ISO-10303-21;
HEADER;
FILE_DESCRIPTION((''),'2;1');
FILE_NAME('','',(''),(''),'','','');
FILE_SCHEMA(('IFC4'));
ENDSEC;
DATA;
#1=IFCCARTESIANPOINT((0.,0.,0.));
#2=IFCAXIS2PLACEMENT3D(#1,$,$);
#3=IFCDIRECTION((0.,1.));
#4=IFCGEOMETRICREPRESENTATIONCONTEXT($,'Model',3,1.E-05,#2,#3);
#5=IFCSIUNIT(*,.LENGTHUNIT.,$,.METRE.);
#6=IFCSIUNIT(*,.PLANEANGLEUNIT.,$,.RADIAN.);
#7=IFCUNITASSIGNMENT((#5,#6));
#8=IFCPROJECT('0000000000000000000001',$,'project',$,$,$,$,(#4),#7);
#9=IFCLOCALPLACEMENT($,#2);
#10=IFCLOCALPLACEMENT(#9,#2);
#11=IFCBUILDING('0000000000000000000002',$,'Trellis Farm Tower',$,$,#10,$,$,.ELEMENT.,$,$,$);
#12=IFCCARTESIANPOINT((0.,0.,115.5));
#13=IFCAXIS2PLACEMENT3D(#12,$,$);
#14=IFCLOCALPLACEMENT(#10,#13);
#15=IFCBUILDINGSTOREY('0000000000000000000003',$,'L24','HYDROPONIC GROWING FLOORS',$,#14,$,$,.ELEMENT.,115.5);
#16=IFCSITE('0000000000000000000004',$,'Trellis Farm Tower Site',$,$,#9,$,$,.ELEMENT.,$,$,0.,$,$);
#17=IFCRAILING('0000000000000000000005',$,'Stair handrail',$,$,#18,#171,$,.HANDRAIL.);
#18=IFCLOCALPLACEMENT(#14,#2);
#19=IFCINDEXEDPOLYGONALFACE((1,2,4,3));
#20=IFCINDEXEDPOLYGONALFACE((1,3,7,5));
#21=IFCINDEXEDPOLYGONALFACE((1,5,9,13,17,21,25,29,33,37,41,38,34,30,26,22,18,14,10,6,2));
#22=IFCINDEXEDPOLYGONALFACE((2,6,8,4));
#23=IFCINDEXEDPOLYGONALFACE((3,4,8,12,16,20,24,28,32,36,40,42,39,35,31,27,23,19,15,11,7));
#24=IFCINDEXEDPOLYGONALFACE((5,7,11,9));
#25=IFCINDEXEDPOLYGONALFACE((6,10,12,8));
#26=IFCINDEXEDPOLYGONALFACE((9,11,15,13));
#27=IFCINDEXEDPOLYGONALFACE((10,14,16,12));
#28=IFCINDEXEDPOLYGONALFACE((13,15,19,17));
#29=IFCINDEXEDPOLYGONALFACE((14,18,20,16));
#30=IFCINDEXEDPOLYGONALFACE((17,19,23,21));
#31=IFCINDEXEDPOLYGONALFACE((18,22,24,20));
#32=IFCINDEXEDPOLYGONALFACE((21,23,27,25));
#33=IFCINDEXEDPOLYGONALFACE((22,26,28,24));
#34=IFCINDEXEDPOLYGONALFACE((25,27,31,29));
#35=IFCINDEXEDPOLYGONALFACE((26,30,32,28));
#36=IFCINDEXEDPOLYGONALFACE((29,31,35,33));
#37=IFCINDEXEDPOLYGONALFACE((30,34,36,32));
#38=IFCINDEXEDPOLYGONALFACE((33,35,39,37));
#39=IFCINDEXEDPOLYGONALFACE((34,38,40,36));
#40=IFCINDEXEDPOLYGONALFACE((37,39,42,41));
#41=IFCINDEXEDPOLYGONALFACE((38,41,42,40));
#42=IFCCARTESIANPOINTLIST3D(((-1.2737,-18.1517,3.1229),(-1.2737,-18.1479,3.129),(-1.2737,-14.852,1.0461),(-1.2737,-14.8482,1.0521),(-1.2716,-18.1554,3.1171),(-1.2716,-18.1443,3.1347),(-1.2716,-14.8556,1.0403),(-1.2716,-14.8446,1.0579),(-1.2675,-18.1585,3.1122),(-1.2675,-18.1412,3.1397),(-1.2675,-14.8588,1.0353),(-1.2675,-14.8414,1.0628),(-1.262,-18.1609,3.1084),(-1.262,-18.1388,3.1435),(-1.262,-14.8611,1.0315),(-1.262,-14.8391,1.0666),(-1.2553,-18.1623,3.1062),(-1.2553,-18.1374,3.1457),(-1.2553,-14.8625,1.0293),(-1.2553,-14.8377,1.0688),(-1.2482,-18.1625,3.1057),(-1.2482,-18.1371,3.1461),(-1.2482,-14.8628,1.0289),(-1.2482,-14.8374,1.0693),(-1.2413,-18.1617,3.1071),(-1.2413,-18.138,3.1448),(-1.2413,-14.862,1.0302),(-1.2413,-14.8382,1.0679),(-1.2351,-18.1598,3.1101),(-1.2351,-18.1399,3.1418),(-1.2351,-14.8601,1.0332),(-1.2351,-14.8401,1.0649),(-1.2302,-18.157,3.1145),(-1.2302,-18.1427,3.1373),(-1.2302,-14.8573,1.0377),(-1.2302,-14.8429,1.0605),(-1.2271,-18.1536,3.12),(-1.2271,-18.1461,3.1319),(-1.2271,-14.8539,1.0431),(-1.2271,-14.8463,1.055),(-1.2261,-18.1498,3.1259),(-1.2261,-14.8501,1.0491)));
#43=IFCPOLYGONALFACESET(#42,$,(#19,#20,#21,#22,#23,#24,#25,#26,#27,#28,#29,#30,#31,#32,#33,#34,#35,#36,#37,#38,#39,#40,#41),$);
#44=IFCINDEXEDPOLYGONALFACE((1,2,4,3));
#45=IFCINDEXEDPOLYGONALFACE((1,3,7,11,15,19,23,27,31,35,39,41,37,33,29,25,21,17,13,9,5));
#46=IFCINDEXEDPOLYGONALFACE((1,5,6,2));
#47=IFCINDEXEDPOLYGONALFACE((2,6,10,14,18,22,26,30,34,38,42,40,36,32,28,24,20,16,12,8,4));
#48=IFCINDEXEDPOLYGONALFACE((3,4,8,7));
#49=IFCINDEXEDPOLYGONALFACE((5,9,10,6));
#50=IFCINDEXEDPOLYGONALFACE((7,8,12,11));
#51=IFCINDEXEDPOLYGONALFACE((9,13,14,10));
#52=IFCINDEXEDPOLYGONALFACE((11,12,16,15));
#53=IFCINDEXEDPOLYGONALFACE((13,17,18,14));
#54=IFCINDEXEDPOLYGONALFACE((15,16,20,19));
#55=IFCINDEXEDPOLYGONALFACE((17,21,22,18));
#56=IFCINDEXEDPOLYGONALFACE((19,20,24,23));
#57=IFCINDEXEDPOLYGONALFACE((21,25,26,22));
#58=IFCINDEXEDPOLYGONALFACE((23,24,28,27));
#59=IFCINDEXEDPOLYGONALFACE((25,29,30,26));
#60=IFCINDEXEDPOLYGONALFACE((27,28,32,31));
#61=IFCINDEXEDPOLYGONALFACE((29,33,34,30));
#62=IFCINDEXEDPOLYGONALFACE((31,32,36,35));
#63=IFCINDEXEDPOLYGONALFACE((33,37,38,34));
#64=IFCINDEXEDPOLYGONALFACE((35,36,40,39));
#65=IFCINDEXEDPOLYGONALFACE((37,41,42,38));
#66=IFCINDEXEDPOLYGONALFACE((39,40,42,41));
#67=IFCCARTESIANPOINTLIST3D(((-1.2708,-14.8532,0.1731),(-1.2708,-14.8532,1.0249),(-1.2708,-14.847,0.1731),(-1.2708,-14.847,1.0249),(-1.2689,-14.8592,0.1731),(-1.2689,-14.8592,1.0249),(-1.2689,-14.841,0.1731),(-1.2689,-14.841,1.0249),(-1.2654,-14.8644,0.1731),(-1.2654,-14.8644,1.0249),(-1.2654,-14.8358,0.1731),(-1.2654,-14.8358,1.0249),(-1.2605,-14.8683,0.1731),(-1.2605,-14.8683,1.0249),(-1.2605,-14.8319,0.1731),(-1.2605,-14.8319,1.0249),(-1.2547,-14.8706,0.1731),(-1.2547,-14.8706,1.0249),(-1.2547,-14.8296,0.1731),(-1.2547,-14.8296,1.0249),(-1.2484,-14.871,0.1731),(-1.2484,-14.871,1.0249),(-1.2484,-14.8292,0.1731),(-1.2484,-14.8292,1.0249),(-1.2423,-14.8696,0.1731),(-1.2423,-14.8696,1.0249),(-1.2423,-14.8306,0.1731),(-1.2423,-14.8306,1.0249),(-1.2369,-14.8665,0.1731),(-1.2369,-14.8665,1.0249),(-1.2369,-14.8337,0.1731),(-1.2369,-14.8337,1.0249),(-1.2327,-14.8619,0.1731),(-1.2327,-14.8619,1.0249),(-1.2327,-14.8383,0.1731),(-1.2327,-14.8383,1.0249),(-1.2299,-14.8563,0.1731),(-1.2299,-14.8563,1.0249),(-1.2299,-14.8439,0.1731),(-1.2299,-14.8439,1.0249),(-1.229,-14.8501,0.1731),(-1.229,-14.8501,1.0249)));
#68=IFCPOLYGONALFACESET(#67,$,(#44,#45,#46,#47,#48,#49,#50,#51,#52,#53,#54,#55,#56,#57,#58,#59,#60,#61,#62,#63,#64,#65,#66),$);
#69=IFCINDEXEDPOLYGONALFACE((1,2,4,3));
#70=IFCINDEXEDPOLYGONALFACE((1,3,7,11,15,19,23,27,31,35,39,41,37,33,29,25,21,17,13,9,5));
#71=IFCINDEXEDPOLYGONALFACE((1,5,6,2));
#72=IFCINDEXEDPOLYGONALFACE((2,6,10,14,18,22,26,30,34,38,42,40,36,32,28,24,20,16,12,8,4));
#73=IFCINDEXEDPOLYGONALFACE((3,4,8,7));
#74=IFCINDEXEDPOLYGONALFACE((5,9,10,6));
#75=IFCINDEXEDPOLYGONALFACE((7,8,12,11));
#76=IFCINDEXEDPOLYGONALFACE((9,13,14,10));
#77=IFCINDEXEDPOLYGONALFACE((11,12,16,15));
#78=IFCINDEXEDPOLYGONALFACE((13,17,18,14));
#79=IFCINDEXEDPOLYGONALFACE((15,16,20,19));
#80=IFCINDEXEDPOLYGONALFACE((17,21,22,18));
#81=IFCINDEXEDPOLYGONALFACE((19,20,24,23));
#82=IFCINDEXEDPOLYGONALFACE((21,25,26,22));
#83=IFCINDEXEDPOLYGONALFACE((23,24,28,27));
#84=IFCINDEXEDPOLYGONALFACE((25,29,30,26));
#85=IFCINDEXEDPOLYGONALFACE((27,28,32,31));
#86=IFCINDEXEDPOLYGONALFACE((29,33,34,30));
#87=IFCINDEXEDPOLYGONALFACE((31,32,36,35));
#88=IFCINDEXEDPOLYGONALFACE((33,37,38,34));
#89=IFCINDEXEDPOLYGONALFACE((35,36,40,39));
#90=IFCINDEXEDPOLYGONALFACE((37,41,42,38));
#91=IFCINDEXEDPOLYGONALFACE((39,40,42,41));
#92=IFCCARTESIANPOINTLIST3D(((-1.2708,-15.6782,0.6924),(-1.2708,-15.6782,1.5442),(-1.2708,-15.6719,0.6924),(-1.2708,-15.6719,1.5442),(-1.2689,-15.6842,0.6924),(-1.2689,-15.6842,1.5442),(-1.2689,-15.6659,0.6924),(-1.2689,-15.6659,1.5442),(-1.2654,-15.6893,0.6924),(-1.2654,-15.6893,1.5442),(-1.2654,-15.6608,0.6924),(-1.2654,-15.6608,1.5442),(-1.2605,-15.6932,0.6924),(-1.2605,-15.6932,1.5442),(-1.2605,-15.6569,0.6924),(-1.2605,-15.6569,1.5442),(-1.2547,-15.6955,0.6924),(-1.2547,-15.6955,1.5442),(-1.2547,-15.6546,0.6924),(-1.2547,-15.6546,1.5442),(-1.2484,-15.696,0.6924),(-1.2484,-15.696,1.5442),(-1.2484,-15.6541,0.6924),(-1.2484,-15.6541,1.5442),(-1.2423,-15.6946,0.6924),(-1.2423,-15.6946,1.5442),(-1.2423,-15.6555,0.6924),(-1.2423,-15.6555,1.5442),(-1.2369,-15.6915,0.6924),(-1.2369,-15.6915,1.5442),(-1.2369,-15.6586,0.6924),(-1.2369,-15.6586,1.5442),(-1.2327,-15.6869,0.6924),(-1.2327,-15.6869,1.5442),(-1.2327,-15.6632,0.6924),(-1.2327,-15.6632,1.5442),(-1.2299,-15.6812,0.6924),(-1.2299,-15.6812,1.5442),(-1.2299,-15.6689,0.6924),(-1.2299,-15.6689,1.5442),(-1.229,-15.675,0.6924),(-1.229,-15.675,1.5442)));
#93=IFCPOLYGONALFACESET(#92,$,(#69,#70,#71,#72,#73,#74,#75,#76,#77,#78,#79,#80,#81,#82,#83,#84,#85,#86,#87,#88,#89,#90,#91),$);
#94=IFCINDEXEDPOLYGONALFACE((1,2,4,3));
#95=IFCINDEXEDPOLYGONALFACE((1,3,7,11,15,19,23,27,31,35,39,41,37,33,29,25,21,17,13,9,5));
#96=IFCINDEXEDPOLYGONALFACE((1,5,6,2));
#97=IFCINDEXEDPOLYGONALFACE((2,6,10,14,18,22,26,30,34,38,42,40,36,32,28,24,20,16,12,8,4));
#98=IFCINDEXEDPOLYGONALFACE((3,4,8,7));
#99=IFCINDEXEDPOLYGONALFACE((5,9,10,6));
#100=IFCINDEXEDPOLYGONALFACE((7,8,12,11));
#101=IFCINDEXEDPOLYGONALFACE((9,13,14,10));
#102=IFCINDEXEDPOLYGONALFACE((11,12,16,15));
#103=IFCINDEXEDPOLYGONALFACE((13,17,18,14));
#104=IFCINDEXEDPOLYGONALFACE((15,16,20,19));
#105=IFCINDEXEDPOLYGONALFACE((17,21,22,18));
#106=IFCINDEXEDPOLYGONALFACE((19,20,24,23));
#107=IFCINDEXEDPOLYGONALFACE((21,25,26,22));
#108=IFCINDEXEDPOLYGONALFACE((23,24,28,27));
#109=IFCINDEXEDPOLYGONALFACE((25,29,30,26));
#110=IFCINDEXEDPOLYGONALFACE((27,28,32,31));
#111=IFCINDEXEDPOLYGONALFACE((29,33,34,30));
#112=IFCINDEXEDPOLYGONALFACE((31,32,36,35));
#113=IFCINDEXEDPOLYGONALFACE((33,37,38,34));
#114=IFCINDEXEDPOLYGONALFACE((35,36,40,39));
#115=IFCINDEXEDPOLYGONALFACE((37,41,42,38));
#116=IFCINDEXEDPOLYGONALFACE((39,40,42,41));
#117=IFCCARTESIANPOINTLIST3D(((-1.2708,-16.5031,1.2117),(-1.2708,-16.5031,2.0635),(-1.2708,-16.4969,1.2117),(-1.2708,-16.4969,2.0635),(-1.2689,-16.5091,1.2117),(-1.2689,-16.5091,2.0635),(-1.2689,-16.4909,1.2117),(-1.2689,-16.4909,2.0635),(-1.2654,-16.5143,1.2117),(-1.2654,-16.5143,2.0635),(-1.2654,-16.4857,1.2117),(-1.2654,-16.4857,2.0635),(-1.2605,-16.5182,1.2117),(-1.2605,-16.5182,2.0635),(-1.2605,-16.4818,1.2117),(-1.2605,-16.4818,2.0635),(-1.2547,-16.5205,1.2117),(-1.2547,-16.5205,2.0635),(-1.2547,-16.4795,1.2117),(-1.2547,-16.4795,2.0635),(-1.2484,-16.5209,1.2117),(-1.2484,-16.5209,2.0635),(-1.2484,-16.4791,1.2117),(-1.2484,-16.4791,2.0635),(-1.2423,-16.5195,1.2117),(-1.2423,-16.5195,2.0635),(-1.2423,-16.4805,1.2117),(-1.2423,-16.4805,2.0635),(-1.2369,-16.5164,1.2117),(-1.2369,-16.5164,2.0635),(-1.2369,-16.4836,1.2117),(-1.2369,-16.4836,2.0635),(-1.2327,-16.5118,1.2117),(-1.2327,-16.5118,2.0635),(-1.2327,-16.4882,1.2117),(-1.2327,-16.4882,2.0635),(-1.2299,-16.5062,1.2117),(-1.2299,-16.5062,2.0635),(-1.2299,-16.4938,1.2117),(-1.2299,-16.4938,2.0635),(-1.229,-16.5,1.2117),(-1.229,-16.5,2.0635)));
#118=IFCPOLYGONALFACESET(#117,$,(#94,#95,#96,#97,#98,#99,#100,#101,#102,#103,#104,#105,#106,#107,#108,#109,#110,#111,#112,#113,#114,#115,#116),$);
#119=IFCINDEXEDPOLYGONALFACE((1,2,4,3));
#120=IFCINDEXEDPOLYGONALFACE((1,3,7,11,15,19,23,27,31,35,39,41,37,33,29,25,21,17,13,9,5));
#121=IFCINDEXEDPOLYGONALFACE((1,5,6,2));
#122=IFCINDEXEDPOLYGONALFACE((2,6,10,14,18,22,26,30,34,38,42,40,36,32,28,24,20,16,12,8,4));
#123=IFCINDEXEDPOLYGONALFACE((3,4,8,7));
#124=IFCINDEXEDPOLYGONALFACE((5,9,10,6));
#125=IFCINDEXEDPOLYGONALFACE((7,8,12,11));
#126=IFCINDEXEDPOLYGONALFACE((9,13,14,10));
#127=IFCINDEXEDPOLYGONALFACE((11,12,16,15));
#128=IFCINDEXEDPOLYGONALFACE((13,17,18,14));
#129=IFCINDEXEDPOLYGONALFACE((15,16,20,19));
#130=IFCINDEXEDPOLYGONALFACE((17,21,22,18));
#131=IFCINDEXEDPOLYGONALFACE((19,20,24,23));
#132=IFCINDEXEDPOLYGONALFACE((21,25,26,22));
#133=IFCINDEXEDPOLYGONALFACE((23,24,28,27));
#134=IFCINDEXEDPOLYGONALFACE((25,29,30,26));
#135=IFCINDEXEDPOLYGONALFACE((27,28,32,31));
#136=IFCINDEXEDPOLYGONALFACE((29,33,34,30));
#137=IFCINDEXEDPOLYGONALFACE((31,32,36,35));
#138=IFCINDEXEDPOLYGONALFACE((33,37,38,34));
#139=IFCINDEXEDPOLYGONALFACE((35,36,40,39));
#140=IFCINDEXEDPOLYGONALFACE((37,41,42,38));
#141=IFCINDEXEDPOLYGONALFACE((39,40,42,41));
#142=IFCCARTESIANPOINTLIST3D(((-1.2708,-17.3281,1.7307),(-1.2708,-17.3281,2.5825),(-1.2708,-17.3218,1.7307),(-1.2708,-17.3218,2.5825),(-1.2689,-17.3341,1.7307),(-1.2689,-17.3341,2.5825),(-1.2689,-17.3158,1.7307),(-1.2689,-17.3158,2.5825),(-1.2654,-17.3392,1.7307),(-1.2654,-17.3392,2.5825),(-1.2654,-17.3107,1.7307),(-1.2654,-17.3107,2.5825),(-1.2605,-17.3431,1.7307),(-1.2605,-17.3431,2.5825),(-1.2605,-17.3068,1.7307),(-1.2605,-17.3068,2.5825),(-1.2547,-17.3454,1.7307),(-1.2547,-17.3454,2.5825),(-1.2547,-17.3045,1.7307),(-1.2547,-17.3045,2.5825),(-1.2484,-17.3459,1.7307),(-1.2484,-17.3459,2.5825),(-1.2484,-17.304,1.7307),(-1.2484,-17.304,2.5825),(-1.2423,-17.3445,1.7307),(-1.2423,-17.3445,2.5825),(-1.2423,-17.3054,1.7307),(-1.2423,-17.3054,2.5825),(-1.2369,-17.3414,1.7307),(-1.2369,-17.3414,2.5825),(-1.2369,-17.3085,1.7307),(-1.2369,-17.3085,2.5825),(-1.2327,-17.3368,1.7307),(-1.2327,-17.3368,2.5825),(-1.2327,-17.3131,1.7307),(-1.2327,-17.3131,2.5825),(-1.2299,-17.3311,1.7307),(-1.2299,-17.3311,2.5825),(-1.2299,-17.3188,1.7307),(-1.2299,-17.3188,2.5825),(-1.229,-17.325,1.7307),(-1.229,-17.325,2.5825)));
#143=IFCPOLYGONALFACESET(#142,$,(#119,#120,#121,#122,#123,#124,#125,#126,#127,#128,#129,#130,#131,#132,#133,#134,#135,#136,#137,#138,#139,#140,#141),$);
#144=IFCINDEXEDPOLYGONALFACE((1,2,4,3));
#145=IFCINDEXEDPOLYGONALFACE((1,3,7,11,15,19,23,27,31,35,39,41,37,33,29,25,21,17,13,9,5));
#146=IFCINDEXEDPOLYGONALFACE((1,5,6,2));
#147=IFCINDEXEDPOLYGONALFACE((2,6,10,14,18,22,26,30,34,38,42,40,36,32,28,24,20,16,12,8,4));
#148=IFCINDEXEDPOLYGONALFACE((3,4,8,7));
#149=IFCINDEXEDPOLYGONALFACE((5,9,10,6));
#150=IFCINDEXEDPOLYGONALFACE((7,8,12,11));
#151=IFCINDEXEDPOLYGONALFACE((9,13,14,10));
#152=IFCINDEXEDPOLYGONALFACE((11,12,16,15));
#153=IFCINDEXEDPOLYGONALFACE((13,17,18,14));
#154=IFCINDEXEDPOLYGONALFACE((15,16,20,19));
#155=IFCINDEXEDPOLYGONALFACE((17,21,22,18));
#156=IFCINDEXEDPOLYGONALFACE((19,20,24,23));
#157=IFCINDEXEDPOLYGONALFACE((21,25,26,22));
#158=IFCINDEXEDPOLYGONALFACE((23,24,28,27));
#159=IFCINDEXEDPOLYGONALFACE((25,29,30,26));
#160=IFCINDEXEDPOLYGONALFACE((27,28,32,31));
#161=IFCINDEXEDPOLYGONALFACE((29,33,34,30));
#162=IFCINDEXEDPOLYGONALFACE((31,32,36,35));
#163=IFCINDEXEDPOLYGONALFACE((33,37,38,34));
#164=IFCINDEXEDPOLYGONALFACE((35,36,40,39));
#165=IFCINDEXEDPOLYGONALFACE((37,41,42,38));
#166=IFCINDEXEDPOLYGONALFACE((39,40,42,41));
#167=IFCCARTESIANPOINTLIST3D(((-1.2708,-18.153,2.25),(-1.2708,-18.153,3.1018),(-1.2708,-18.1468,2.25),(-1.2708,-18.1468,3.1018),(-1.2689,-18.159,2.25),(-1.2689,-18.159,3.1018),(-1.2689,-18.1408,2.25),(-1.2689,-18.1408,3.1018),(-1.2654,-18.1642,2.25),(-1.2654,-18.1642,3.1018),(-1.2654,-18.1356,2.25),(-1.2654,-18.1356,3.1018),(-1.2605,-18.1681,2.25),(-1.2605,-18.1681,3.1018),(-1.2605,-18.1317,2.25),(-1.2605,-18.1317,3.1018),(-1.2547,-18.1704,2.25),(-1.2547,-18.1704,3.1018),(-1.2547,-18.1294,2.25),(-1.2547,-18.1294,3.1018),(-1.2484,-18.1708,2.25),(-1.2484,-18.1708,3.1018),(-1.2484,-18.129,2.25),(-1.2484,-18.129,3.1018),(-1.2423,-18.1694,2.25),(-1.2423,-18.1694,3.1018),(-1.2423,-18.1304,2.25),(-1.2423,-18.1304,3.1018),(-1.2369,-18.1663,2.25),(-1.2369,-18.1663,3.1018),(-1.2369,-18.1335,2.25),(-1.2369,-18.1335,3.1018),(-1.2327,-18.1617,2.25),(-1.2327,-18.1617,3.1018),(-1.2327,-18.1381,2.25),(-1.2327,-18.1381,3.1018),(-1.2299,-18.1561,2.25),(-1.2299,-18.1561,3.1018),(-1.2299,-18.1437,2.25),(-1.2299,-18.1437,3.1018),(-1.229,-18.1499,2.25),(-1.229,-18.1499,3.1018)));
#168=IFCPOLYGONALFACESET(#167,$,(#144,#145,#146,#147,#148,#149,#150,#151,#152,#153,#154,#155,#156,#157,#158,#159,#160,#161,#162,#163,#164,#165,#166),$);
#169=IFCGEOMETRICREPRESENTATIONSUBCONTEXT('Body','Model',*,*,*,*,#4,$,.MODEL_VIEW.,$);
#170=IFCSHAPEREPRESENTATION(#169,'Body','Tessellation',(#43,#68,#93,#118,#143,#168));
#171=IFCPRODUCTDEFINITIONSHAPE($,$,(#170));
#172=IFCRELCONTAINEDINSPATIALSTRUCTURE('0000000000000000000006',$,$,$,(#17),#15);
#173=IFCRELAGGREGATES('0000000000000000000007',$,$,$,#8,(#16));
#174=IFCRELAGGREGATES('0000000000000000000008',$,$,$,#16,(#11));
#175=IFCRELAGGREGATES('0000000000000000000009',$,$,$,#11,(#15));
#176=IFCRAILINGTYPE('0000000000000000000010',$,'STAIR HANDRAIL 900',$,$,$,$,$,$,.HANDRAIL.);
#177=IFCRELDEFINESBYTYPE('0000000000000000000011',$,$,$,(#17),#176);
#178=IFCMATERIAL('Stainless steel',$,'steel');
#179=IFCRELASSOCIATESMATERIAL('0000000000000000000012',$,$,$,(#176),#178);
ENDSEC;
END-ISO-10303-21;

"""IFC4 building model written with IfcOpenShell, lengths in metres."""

from ifc_helpers import new_model, si_unit, direction, frame, origin, origin_2d, place, context, subcontext, project, spatial, circle, extrude, source, transform, mapped, material, type_object, element, save


model = new_model("IFC4")

# Units and contexts
model_context = context("Model", 3, precision=1e-05, world=origin(), true_north=direction((0.0, 1.0)))
body_context = subcontext(model_context, "Body", "Model", "MODEL_VIEW")
ifc_project = project(units=[si_unit("LENGTHUNIT", "METRE"), si_unit("PLANEANGLEUNIT", "RADIAN")], contexts=[model_context])

# Site, building, storey
site_placement = place(None, origin())
site = spatial("IfcSite", under=ifc_project, at=site_placement, Name="Trellis Farm Tower Site", CompositionType="ELEMENT", RefElevation=0.0)
building_placement = place(site_placement, origin())
building = spatial("IfcBuilding", under=site, at=building_placement, Name="Trellis Farm Tower", CompositionType="ELEMENT")
storey_placement = place(building_placement, frame((0.0, 0.0, 115.5)))
storey = spatial("IfcBuildingStorey", under=building, at=storey_placement, Name="L24", Description="HYDROPONIC GROWING FLOORS", CompositionType="ELEMENT", Elevation=115.5)

# Railing
ifc_material_1 = material(Name="Stainless steel", Category="steel")
railing_type = type_object("IfcRailingType", Name="STAIR HANDRAIL 900", PredefinedType="HANDRAIL", material=ifc_material_1)
shared_shape_1 = source(origin(), body_context, "Body", "SweptSolid", [
    extrude(circle(Radius=0.0239, at=origin_2d()), frame((0.0, 0.0, 0.876), z_axis=(0.0, -0.84632, 0.532675), x_axis=(1.0, 0.0, 0.0)), (0.0, 0.0, 1.0), 3.8989),
    extrude(circle(Radius=0.021, at=origin_2d()), origin(), (0.0, 0.0, 1.0), 0.8518),
    extrude(circle(Radius=0.021, at=origin_2d()), frame((0.0, -0.825, 0.5193)), (0.0, 0.0, 1.0), 0.8518),
    extrude(circle(Radius=0.021, at=origin_2d()), frame((0.0, -1.6499, 1.0386)), (0.0, 0.0, 1.0), 0.8518),
    extrude(circle(Radius=0.021, at=origin_2d()), frame((0.0, -2.4749, 1.5576)), (0.0, 0.0, 1.0), 0.8518),
    extrude(circle(Radius=0.021, at=origin_2d()), frame((0.0, -3.2998, 2.0769)), (0.0, 0.0, 1.0), 0.8518),
])
railing_placement = place(storey_placement, frame((-1.25, -14.8501, 0.1731)))
element("IfcRailing", 1, at=railing_placement, inside=storey, type_object=railing_type, Name="Stair handrail", PredefinedType="HANDRAIL", context=body_context, shape_type="MappedRepresentation", body=[
    mapped(shared_shape_1, transform((0.0, 0.0, 0.0))),
])

save(model, "model.ifc")
